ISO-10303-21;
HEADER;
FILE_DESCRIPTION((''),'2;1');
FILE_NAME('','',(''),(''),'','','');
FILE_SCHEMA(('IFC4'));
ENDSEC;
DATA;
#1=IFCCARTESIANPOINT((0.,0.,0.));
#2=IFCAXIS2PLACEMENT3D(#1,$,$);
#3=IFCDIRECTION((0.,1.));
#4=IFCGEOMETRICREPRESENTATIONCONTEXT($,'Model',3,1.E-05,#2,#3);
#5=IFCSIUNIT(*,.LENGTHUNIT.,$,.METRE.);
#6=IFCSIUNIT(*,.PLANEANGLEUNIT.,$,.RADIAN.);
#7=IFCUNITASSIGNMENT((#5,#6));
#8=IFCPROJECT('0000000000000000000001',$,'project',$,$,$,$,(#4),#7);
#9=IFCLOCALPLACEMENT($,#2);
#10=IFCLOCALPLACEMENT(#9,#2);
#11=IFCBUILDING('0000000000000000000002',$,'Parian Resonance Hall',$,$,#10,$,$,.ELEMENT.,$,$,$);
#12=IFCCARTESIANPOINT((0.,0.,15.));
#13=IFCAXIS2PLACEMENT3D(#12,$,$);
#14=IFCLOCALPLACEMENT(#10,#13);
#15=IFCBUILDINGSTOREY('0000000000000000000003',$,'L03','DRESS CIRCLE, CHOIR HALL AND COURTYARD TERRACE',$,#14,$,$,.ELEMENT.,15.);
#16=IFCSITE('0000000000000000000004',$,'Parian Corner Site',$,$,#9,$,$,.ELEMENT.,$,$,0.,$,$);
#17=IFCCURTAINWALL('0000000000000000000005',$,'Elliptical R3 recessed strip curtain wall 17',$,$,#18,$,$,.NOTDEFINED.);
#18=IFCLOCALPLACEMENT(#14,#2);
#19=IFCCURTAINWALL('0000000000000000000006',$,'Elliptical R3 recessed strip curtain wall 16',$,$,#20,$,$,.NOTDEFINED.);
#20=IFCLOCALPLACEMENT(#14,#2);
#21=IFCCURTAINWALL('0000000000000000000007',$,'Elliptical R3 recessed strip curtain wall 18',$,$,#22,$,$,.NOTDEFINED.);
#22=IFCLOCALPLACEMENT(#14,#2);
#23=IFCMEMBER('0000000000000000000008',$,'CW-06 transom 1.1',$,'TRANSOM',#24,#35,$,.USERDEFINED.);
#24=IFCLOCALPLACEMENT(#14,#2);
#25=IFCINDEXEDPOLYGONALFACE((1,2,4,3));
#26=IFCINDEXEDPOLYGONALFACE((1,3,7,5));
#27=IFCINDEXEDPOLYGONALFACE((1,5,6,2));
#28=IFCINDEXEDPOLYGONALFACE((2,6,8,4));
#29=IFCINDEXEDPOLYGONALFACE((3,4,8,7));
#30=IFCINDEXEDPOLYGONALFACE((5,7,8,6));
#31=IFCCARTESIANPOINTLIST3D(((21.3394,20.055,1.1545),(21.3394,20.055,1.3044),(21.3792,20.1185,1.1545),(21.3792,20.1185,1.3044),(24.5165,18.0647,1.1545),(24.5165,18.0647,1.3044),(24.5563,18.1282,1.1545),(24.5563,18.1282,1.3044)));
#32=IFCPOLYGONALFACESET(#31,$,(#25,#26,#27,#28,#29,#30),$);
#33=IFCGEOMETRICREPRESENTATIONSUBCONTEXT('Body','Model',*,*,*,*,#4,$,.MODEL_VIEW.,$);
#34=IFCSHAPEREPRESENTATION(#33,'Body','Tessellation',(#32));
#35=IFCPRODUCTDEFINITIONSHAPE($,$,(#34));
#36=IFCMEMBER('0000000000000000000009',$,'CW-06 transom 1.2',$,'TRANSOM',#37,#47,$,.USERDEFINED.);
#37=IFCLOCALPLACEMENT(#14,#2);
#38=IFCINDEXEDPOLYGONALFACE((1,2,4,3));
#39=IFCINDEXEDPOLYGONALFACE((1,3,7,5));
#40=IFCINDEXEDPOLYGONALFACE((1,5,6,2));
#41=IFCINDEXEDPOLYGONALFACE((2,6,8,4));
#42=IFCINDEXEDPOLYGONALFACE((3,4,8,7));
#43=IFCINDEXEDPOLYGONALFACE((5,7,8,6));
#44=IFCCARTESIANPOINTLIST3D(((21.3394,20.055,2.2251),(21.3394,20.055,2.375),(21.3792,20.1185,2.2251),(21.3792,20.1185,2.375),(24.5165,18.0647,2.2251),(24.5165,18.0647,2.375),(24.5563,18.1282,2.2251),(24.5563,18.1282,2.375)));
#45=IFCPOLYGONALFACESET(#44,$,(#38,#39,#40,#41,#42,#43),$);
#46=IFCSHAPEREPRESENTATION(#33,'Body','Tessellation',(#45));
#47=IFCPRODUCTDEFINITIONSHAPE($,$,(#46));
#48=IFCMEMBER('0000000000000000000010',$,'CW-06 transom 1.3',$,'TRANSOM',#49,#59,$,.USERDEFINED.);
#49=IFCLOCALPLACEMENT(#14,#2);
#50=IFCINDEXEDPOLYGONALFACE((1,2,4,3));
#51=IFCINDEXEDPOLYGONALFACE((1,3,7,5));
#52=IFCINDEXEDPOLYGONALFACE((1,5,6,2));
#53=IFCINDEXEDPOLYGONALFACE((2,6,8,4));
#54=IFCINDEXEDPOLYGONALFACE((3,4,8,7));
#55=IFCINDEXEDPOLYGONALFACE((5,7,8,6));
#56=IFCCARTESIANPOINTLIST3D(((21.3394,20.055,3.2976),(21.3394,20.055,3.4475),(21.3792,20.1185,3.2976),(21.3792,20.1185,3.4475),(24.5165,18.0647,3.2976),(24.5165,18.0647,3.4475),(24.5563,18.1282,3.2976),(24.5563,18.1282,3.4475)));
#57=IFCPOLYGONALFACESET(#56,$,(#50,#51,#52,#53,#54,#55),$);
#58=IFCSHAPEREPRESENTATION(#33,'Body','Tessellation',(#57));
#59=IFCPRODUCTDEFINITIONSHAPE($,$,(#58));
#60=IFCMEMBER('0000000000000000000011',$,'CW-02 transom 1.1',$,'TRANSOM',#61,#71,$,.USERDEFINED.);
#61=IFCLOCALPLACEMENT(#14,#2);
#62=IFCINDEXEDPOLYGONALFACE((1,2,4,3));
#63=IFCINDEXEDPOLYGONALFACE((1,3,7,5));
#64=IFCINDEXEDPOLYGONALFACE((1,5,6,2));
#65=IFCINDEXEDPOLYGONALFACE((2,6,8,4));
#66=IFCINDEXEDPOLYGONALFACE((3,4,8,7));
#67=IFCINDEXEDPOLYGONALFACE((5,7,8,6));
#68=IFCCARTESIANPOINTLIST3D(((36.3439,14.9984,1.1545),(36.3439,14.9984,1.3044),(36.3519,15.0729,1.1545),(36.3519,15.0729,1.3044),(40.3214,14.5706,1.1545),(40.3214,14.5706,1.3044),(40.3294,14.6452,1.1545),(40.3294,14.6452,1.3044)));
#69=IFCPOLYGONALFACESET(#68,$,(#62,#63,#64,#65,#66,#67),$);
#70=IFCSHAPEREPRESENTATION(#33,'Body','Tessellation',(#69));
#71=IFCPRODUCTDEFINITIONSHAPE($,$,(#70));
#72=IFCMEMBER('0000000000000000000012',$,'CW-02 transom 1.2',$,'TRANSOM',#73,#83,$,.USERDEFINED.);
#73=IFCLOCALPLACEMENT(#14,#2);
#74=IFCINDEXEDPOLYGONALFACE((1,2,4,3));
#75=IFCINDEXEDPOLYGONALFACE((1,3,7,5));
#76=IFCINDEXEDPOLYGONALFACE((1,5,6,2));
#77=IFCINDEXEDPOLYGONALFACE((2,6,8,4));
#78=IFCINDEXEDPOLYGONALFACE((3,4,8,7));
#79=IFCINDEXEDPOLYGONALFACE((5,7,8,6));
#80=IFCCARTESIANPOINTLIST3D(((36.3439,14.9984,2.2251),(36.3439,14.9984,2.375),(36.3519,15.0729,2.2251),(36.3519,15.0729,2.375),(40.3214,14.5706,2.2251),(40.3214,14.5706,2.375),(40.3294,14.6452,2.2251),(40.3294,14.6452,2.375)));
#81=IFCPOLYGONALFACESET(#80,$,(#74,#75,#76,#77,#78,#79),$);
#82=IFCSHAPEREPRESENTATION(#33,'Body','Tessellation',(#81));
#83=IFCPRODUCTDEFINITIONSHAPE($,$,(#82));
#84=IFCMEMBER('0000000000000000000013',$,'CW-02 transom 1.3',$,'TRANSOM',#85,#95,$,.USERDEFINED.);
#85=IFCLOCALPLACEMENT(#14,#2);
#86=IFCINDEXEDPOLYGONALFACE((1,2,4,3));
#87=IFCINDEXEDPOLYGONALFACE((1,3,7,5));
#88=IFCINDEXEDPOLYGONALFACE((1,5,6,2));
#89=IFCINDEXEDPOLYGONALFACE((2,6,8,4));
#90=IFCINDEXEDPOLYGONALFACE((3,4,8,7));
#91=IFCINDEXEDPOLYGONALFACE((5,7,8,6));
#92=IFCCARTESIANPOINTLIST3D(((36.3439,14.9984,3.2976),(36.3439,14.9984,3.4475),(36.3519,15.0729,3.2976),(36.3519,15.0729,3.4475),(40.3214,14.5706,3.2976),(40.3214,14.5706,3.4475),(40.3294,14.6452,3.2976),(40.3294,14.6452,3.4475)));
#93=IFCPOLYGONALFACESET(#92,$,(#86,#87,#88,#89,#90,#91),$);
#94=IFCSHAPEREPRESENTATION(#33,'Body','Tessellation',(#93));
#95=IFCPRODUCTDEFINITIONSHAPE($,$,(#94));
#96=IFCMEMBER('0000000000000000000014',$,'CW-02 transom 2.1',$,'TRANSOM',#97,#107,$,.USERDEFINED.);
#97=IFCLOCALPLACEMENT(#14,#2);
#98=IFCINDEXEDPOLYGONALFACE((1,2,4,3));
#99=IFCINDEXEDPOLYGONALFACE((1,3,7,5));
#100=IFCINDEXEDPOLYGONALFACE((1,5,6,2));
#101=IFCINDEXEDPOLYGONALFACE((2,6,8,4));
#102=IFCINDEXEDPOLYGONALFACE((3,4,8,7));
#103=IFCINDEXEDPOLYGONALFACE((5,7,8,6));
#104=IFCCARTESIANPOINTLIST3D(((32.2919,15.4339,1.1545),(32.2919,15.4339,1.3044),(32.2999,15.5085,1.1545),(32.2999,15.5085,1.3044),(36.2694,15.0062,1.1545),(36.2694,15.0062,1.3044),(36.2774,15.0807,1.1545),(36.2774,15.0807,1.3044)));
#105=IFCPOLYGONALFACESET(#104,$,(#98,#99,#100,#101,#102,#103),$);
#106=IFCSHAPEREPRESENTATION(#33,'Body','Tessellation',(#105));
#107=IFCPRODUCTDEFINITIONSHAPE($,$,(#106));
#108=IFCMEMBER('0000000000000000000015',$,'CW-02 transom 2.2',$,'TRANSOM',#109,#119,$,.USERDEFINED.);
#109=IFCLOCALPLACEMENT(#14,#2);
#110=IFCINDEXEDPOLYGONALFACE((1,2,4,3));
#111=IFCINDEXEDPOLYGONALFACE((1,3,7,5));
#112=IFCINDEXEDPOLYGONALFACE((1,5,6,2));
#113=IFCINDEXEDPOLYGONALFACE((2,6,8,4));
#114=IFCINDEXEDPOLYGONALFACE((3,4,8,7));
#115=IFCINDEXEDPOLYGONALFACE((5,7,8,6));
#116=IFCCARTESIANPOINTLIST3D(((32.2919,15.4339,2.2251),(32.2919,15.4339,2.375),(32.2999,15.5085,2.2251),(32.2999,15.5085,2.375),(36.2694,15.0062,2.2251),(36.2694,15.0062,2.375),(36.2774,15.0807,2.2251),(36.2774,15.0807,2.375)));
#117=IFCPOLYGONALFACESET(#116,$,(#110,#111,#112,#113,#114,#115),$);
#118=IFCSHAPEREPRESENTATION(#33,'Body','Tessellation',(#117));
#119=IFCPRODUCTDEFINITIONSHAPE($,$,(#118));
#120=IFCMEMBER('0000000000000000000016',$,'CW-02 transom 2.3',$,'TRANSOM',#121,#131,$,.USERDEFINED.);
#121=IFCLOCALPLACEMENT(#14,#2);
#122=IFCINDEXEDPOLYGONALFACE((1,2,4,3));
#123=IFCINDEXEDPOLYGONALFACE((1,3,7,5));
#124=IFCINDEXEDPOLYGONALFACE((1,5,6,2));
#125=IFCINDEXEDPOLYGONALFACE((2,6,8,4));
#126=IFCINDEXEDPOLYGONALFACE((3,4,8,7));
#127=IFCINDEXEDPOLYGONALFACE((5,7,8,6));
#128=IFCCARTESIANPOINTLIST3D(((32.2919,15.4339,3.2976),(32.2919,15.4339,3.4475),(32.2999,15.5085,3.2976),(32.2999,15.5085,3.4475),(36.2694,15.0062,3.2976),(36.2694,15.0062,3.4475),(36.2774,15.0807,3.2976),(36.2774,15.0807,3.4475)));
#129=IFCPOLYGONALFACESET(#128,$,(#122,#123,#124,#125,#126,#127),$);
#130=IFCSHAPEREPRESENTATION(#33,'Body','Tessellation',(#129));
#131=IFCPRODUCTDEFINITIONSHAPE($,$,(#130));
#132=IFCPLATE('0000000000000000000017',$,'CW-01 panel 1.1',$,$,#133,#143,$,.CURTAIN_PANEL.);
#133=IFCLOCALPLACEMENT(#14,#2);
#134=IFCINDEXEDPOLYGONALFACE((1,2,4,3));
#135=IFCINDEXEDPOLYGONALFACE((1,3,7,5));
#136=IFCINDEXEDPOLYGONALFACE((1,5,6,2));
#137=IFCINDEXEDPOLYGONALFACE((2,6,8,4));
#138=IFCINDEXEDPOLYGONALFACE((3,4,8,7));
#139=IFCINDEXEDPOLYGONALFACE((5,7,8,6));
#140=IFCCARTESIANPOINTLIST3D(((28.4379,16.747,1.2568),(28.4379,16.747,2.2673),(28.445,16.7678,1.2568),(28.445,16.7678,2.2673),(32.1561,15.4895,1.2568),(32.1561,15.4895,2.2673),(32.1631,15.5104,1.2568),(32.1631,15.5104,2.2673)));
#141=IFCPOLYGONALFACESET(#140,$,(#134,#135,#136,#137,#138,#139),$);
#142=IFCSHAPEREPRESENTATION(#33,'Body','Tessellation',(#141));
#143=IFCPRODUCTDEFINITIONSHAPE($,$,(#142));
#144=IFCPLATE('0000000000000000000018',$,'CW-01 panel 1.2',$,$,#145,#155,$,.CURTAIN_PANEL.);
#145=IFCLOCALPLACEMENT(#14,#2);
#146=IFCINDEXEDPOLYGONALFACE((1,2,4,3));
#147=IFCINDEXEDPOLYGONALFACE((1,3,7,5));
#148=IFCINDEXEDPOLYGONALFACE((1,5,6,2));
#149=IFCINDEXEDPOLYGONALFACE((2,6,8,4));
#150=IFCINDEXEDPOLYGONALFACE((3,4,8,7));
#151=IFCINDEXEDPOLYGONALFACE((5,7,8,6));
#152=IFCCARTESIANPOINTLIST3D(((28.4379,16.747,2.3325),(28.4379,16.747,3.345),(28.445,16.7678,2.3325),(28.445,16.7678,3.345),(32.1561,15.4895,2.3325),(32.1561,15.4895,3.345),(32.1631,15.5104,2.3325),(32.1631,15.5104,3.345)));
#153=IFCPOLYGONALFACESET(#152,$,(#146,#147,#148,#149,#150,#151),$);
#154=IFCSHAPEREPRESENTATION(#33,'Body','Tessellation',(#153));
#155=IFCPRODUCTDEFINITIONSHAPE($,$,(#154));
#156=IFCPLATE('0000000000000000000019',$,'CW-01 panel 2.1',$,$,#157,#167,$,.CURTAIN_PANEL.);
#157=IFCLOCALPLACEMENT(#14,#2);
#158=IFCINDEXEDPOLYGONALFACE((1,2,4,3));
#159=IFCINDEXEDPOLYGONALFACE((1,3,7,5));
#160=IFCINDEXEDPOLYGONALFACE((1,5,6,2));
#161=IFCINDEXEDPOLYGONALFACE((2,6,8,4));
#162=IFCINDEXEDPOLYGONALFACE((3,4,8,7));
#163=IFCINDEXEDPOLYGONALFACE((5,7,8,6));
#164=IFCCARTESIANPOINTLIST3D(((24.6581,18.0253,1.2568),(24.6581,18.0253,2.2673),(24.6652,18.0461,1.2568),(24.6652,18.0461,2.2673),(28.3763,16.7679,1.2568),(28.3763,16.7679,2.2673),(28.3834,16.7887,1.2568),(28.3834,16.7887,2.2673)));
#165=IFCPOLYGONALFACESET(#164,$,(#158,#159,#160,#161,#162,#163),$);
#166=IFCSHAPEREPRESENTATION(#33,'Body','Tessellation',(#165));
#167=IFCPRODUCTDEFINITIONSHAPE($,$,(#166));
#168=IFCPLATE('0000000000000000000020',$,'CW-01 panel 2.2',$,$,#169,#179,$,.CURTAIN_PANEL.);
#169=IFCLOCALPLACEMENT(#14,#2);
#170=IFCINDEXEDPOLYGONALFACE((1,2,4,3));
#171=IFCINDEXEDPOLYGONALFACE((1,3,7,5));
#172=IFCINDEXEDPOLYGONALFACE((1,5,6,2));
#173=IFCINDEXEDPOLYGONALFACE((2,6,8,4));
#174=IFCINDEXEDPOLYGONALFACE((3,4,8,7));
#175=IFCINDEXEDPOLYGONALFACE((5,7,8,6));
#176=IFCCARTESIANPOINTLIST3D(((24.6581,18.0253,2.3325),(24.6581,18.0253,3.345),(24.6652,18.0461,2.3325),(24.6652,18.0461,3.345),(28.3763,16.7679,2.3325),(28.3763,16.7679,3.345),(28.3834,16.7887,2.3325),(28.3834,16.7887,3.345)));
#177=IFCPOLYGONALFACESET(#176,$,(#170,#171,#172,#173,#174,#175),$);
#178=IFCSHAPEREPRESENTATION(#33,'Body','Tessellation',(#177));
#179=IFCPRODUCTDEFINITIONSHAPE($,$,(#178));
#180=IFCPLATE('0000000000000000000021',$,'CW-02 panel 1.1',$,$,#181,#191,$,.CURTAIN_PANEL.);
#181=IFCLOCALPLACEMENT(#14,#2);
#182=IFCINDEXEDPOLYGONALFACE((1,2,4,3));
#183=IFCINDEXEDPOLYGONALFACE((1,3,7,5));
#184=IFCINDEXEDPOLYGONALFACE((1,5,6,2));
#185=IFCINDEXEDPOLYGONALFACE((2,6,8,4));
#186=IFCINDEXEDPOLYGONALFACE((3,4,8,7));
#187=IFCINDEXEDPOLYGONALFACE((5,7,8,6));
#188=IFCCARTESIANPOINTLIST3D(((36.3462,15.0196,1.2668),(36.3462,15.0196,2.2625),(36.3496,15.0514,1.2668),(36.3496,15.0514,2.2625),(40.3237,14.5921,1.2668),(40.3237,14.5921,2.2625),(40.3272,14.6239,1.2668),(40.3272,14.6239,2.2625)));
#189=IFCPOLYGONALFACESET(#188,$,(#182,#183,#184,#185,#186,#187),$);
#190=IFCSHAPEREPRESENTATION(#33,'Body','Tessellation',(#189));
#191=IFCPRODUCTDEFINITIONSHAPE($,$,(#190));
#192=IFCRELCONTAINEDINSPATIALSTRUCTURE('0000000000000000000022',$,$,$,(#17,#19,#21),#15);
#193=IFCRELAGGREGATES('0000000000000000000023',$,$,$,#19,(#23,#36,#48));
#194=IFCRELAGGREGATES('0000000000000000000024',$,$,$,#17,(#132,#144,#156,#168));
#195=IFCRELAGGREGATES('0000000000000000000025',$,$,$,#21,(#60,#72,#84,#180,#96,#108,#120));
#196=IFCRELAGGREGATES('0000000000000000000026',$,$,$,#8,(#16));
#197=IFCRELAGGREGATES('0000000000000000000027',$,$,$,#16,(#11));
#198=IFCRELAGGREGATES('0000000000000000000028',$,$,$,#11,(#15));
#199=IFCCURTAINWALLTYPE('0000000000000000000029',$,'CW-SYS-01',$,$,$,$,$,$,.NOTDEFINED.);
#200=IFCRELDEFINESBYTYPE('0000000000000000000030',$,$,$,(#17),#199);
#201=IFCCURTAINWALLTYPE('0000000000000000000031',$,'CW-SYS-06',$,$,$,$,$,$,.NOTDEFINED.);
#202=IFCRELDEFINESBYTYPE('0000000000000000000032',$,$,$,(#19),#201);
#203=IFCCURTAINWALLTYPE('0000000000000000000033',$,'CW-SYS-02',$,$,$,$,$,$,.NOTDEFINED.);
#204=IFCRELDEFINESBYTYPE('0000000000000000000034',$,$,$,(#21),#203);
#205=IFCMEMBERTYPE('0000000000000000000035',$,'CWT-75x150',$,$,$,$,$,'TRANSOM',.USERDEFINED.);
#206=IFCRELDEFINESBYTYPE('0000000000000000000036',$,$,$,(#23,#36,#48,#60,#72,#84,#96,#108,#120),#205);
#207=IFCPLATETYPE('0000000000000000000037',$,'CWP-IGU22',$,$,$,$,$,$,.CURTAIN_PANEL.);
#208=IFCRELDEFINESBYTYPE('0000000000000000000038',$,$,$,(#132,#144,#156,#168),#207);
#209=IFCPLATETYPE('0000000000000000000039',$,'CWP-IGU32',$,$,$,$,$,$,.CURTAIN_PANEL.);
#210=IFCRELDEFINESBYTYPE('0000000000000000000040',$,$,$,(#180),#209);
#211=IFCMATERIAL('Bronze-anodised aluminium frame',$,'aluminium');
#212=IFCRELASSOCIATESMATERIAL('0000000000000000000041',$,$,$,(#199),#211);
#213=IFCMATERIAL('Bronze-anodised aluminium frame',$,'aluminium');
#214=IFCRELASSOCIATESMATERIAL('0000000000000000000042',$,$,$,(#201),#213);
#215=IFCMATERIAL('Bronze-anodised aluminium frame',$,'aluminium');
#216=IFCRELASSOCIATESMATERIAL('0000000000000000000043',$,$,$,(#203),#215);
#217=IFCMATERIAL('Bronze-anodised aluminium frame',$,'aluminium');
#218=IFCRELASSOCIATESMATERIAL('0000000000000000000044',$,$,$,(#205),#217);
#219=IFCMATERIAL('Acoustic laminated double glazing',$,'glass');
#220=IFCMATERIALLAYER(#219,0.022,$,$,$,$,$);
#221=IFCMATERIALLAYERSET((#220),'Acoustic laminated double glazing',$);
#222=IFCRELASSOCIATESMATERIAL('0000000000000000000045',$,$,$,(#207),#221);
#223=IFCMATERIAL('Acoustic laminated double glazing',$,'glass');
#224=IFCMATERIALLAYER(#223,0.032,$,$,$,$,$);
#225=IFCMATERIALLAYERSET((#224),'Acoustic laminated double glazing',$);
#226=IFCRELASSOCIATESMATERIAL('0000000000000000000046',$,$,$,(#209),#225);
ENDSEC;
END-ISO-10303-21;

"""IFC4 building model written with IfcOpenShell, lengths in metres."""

from ifc_helpers import new_model, si_unit, direction, frame, origin, origin_2d, place, context, subcontext, project, spatial, rectangle, extrude, material, layer, layer_set, material_profile, profile_set, type_object, element, aggregate, save


model = new_model("IFC4")

# Units and contexts
model_context = context("Model", 3, precision=1e-05, world=origin(), true_north=direction((0.0, 1.0)))
body_context = subcontext(model_context, "Body", "Model", "MODEL_VIEW")
ifc_project = project(units=[si_unit("LENGTHUNIT", "METRE"), si_unit("PLANEANGLEUNIT", "RADIAN")], contexts=[model_context])

# Site, building, storey
site_placement = place(None, origin())
site = spatial("IfcSite", under=ifc_project, at=site_placement, Name="Parian Corner Site", CompositionType="ELEMENT", RefElevation=0.0)
building_placement = place(site_placement, origin())
building = spatial("IfcBuilding", under=site, at=building_placement, Name="Parian Resonance Hall", CompositionType="ELEMENT")
storey_placement = place(building_placement, frame((0.0, 0.0, 15.0)))
storey = spatial("IfcBuildingStorey", under=building, at=storey_placement, Name="L03", Description="DRESS CIRCLE, CHOIR HALL AND COURTYARD TERRACE", CompositionType="ELEMENT", Elevation=15.0)

# Curtain wall
ifc_material_1 = material(Name="Bronze-anodised aluminium frame", Category="aluminium")
curtain_wall_type_1 = type_object("IfcCurtainWallType", Name="CW-SYS-01", PredefinedType="NOTDEFINED", material=ifc_material_1)
curtain_wall_1_placement = place(storey_placement, origin())
curtain_wall_1 = element("IfcCurtainWall", 1, at=curtain_wall_1_placement, inside=storey, type_object=curtain_wall_type_1, Name="Elliptical R3 recessed strip curtain wall 17", PredefinedType="NOTDEFINED")

# Curtain wall
ifc_material_2 = material(Name="Bronze-anodised aluminium frame", Category="aluminium")
curtain_wall_type_2 = type_object("IfcCurtainWallType", Name="CW-SYS-06", PredefinedType="NOTDEFINED", material=ifc_material_2)
curtain_wall_2_placement = place(storey_placement, origin())
curtain_wall_2 = element("IfcCurtainWall", 2, at=curtain_wall_2_placement, inside=storey, type_object=curtain_wall_type_2, Name="Elliptical R3 recessed strip curtain wall 16", PredefinedType="NOTDEFINED")

# Curtain wall
ifc_material_3 = material(Name="Bronze-anodised aluminium frame", Category="aluminium")
curtain_wall_type_3 = type_object("IfcCurtainWallType", Name="CW-SYS-02", PredefinedType="NOTDEFINED", material=ifc_material_3)
curtain_wall_3_placement = place(storey_placement, origin())
curtain_wall_3 = element("IfcCurtainWall", 3, at=curtain_wall_3_placement, inside=storey, type_object=curtain_wall_type_3, Name="Elliptical R3 recessed strip curtain wall 18", PredefinedType="NOTDEFINED")

# Members
ifc_material_4 = material(Name="Bronze-anodised aluminium frame", Category="aluminium")
ifc_material_profile_1 = material_profile(ifc_material_4, rectangle(XDim=0.075, YDim=0.1499, at=origin_2d()), Name="CWT-75x150")
ifc_profile_set_1 = profile_set([ifc_material_profile_1], Name="Bronze-anodised aluminium frame")
member_type_1 = type_object("IfcMemberType", Name="CWT-75x150", ElementType="TRANSOM", PredefinedType="USERDEFINED", material=ifc_profile_set_1)
member_1_placement = place(storey_placement, frame((24.5364, 18.0964, 1.2295), z_axis=(-0.847445, 0.530883, 0.0), x_axis=(-0.530883, -0.847445, 0.0)))
member_1 = element("IfcMember", 4, at=member_1_placement, type_object=member_type_1, Name="CW-06 transom 1.1", ObjectType="TRANSOM", PredefinedType="USERDEFINED", context=body_context, shape_type="SweptSolid", body=[
    extrude(rectangle(XDim=0.075, YDim=0.1499, at=origin_2d()), origin(), (0.0, 0.0, 1.0), 3.749),
])
member_2_placement = place(storey_placement, frame((24.5364, 18.0964, 2.3), z_axis=(-0.847445, 0.530883, 0.0), x_axis=(-0.530883, -0.847445, 0.0)))
member_2 = element("IfcMember", 5, at=member_2_placement, type_object=member_type_1, Name="CW-06 transom 1.2", ObjectType="TRANSOM", PredefinedType="USERDEFINED", context=body_context, shape_type="SweptSolid", body=[
    extrude(rectangle(XDim=0.075, YDim=0.1499, at=origin_2d()), origin(), (0.0, 0.0, 1.0), 3.749),
])
member_3_placement = place(storey_placement, frame((24.5364, 18.0964, 3.3726), z_axis=(-0.847445, 0.530883, 0.0), x_axis=(-0.530883, -0.847445, 0.0)))
member_3 = element("IfcMember", 6, at=member_3_placement, type_object=member_type_1, Name="CW-06 transom 1.3", ObjectType="TRANSOM", PredefinedType="USERDEFINED", context=body_context, shape_type="SweptSolid", body=[
    extrude(rectangle(XDim=0.075, YDim=0.1499, at=origin_2d()), origin(), (0.0, 0.0, 1.0), 3.749),
])
aggregate(curtain_wall_2, [member_1, member_2, member_3])
member_4_placement = place(storey_placement, frame((40.3254, 14.6079, 1.2295), z_axis=(-0.994268, 0.106921, 0.0), x_axis=(-0.106921, -0.994268, 0.0)))
member_4 = element("IfcMember", 7, at=member_4_placement, type_object=member_type_1, Name="CW-02 transom 1.1", ObjectType="TRANSOM", PredefinedType="USERDEFINED", context=body_context, shape_type="SweptSolid", body=[
    extrude(rectangle(XDim=0.075, YDim=0.1499, at=origin_2d()), origin(), (0.0, 0.0, 1.0), 4.0005),
])
member_5_placement = place(storey_placement, frame((40.3254, 14.6079, 2.3), z_axis=(-0.994268, 0.106921, 0.0), x_axis=(-0.106921, -0.994268, 0.0)))
member_5 = element("IfcMember", 8, at=member_5_placement, type_object=member_type_1, Name="CW-02 transom 1.2", ObjectType="TRANSOM", PredefinedType="USERDEFINED", context=body_context, shape_type="SweptSolid", body=[
    extrude(rectangle(XDim=0.075, YDim=0.1499, at=origin_2d()), origin(), (0.0, 0.0, 1.0), 4.0005),
])
member_6_placement = place(storey_placement, frame((40.3254, 14.6079, 3.3726), z_axis=(-0.994268, 0.106921, 0.0), x_axis=(-0.106921, -0.994268, 0.0)))
member_6 = element("IfcMember", 9, at=member_6_placement, type_object=member_type_1, Name="CW-02 transom 1.3", ObjectType="TRANSOM", PredefinedType="USERDEFINED", context=body_context, shape_type="SweptSolid", body=[
    extrude(rectangle(XDim=0.075, YDim=0.1499, at=origin_2d()), origin(), (0.0, 0.0, 1.0), 4.0005),
])
member_7_placement = place(storey_placement, frame((36.2734, 15.0435, 1.2295), z_axis=(-0.994268, 0.106921, 0.0), x_axis=(-0.106921, -0.994268, 0.0)))
member_7 = element("IfcMember", 10, at=member_7_placement, type_object=member_type_1, Name="CW-02 transom 2.1", ObjectType="TRANSOM", PredefinedType="USERDEFINED", context=body_context, shape_type="SweptSolid", body=[
    extrude(rectangle(XDim=0.075, YDim=0.1499, at=origin_2d()), origin(), (0.0, 0.0, 1.0), 4.0005),
])
member_8_placement = place(storey_placement, frame((36.2734, 15.0435, 2.3), z_axis=(-0.994268, 0.106921, 0.0), x_axis=(-0.106921, -0.994268, 0.0)))
member_8 = element("IfcMember", 11, at=member_8_placement, type_object=member_type_1, Name="CW-02 transom 2.2", ObjectType="TRANSOM", PredefinedType="USERDEFINED", context=body_context, shape_type="SweptSolid", body=[
    extrude(rectangle(XDim=0.075, YDim=0.1499, at=origin_2d()), origin(), (0.0, 0.0, 1.0), 4.0005),
])
member_9_placement = place(storey_placement, frame((36.2734, 15.0435, 3.3726), z_axis=(-0.994268, 0.106921, 0.0), x_axis=(-0.106921, -0.994268, 0.0)))
member_9 = element("IfcMember", 12, at=member_9_placement, type_object=member_type_1, Name="CW-02 transom 2.3", ObjectType="TRANSOM", PredefinedType="USERDEFINED", context=body_context, shape_type="SweptSolid", body=[
    extrude(rectangle(XDim=0.075, YDim=0.1499, at=origin_2d()), origin(), (0.0, 0.0, 1.0), 4.0005),
])

# Plates
ifc_material_5 = material(Name="Acoustic laminated double glazing", Category="glass")
ifc_layer_1 = layer(ifc_material_5, 0.022)
ifc_layer_set_1 = layer_set([ifc_layer_1], Name="Acoustic laminated double glazing")
plate_type_1 = type_object("IfcPlateType", Name="CWP-IGU22", PredefinedType="CURTAIN_PANEL", material=ifc_layer_set_1)
plate_1_placement = place(storey_placement, frame((30.3005, 16.1287, 1.2568), z_axis=(0.0, 0.0, 1.0), x_axis=(-0.947296, 0.32036, 0.0)))
plate_1 = element("IfcPlate", 13, at=plate_1_placement, type_object=plate_type_1, Name="CW-01 panel 1.1", PredefinedType="CURTAIN_PANEL", context=body_context, shape_type="SweptSolid", body=[
    extrude(rectangle(XDim=3.925, YDim=0.022, at=origin_2d()), origin(), (0.0, 0.0, 1.0), 1.0105),
])
plate_2_placement = place(storey_placement, frame((30.3005, 16.1287, 2.3325), z_axis=(0.0, 0.0, 1.0), x_axis=(-0.947296, 0.32036, 0.0)))
plate_2 = element("IfcPlate", 14, at=plate_2_placement, type_object=plate_type_1, Name="CW-01 panel 1.2", PredefinedType="CURTAIN_PANEL", context=body_context, shape_type="SweptSolid", body=[
    extrude(rectangle(XDim=3.925, YDim=0.022, at=origin_2d()), origin(), (0.0, 0.0, 1.0), 1.0125),
])
plate_3_placement = place(storey_placement, frame((26.5208, 17.407, 1.2568), z_axis=(0.0, 0.0, 1.0), x_axis=(-0.947296, 0.32036, 0.0)))
plate_3 = element("IfcPlate", 15, at=plate_3_placement, type_object=plate_type_1, Name="CW-01 panel 2.1", PredefinedType="CURTAIN_PANEL", context=body_context, shape_type="SweptSolid", body=[
    extrude(rectangle(XDim=3.925, YDim=0.022, at=origin_2d()), origin(), (0.0, 0.0, 1.0), 1.0105),
])
plate_4_placement = place(storey_placement, frame((26.5208, 17.407, 2.3325), z_axis=(0.0, 0.0, 1.0), x_axis=(-0.947296, 0.32036, 0.0)))
plate_4 = element("IfcPlate", 16, at=plate_4_placement, type_object=plate_type_1, Name="CW-01 panel 2.2", PredefinedType="CURTAIN_PANEL", context=body_context, shape_type="SweptSolid", body=[
    extrude(rectangle(XDim=3.925, YDim=0.022, at=origin_2d()), origin(), (0.0, 0.0, 1.0), 1.0125),
])
aggregate(curtain_wall_1, [plate_1, plate_2, plate_3, plate_4])
ifc_material_6 = material(Name="Acoustic laminated double glazing", Category="glass")
ifc_layer_2 = layer(ifc_material_6, 0.032)
ifc_layer_set_2 = layer_set([ifc_layer_2], Name="Acoustic laminated double glazing")
plate_type_2 = type_object("IfcPlateType", Name="CWP-IGU32", PredefinedType="CURTAIN_PANEL", material=ifc_layer_set_2)
plate_5_placement = place(storey_placement, frame((38.3367, 14.8218, 1.2668), z_axis=(0.0, 0.0, 1.0), x_axis=(-0.994273, 0.106871, 0.0)))
plate_5 = element("IfcPlate", 17, at=plate_5_placement, type_object=plate_type_2, Name="CW-02 panel 1.1", PredefinedType="CURTAIN_PANEL", context=body_context, shape_type="SweptSolid", body=[
    extrude(rectangle(XDim=4.0005, YDim=0.032, at=origin_2d()), origin(), (0.0, 0.0, 1.0), 0.9956),
])
aggregate(curtain_wall_3, [member_4, member_5, member_6, plate_5, member_7, member_8, member_9])

save(model, "model.ifc")
